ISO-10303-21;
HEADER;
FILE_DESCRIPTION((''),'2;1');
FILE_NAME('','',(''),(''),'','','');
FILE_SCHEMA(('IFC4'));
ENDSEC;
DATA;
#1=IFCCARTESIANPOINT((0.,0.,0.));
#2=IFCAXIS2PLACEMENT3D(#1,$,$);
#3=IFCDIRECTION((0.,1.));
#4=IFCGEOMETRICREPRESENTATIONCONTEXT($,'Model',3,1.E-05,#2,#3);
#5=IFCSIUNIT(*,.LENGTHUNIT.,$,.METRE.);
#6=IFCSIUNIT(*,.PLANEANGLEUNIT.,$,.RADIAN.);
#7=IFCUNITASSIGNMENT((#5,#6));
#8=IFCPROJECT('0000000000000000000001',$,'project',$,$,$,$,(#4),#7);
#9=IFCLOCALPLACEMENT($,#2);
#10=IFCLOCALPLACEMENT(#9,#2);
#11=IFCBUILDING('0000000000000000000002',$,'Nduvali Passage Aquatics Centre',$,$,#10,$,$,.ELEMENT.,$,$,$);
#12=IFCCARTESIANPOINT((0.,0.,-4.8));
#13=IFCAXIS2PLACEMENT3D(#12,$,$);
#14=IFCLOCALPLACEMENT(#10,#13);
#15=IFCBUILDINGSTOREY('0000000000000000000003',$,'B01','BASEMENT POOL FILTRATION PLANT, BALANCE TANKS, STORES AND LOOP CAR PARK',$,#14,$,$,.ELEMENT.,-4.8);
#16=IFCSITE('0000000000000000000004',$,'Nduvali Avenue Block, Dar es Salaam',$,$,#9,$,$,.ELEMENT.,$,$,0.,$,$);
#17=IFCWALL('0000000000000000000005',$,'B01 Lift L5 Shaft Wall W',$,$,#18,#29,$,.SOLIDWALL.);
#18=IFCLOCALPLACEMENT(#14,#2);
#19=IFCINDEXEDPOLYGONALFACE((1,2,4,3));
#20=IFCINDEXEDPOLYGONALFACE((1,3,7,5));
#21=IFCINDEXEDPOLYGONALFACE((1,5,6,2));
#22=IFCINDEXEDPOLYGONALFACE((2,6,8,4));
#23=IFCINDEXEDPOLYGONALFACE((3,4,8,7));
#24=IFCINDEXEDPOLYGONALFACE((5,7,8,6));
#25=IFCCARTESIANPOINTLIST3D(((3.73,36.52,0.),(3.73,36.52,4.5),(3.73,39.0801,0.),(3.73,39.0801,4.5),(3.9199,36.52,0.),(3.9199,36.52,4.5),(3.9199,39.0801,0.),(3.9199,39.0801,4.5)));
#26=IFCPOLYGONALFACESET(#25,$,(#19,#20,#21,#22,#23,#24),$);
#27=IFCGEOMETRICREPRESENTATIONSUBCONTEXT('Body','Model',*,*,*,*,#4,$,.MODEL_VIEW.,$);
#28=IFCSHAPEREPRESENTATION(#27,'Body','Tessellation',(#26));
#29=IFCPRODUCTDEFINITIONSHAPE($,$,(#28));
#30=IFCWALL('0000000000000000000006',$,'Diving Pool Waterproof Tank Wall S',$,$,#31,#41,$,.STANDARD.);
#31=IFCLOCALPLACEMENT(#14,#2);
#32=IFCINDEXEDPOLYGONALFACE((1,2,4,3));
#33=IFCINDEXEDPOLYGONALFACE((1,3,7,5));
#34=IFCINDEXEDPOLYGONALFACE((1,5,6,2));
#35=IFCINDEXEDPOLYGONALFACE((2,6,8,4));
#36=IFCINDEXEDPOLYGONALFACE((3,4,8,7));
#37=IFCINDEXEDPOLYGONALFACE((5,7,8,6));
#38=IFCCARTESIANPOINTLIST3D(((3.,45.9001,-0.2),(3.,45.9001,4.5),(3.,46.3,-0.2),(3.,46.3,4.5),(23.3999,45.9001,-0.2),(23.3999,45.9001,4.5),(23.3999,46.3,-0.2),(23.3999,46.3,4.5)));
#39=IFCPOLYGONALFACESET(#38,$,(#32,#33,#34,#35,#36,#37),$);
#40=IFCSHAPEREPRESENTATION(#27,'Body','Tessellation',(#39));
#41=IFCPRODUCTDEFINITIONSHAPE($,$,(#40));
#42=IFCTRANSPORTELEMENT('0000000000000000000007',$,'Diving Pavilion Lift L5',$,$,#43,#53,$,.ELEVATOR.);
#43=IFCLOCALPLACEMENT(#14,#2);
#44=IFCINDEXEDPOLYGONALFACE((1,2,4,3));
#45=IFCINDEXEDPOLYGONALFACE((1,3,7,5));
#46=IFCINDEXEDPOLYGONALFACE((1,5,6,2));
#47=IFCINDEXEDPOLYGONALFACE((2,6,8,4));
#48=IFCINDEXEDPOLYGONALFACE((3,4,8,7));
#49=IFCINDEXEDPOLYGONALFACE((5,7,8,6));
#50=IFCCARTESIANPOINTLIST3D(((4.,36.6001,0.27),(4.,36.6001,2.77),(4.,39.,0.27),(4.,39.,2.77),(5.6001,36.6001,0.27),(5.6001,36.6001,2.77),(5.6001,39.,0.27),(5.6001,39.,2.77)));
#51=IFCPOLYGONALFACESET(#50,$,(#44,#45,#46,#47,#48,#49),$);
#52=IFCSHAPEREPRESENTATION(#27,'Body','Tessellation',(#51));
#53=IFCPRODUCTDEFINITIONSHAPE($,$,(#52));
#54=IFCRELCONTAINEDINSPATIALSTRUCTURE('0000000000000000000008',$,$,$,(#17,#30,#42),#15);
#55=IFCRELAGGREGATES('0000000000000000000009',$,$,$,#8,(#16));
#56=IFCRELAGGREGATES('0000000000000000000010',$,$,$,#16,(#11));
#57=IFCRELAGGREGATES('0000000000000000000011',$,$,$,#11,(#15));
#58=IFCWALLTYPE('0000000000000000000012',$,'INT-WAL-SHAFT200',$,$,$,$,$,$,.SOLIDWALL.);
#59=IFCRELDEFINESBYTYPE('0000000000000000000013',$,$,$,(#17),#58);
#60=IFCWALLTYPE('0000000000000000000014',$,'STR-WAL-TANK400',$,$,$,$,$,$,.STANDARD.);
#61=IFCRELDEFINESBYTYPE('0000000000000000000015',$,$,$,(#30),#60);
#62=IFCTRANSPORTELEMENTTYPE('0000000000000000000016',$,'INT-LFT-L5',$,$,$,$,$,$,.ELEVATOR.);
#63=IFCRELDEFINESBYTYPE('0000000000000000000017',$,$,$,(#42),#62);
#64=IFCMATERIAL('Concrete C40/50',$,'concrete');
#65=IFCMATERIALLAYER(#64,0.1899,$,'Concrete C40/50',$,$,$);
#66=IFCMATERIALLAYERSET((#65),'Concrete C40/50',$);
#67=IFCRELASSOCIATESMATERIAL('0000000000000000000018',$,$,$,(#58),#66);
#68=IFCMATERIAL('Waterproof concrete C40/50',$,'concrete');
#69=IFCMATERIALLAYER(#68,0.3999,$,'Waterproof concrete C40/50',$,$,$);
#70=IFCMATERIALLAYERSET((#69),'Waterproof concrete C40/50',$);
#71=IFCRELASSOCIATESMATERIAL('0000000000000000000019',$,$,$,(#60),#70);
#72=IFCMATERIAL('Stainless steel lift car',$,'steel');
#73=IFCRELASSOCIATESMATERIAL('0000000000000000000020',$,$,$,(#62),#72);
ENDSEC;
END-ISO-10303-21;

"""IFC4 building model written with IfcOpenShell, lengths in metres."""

from ifc_helpers import new_model, si_unit, direction, frame, frame_2d, origin, origin_2d, place, context, subcontext, project, spatial, rectangle, extrude, material, layer, layer_set, type_object, element, save


model = new_model("IFC4")

# Units and contexts
model_context = context("Model", 3, precision=1e-05, world=origin(), true_north=direction((0.0, 1.0)))
body_context = subcontext(model_context, "Body", "Model", "MODEL_VIEW")
ifc_project = project(units=[si_unit("LENGTHUNIT", "METRE"), si_unit("PLANEANGLEUNIT", "RADIAN")], contexts=[model_context])

# Site, building, storey
site_placement = place(None, origin())
site = spatial("IfcSite", under=ifc_project, at=site_placement, Name="Nduvali Avenue Block, Dar es Salaam", CompositionType="ELEMENT", RefElevation=0.0)
building_placement = place(site_placement, origin())
building = spatial("IfcBuilding", under=site, at=building_placement, Name="Nduvali Passage Aquatics Centre", CompositionType="ELEMENT")
storey_placement = place(building_placement, frame((0.0, 0.0, -4.8)))
storey = spatial("IfcBuildingStorey", under=building, at=storey_placement, Name="B01", Description="BASEMENT POOL FILTRATION PLANT, BALANCE TANKS, STORES AND LOOP CAR PARK", CompositionType="ELEMENT", Elevation=-4.8)

# Shared definitions
ifc_material_1 = material(Name="Concrete C40/50", Category="concrete")

# Shared definitions
ifc_layer_1 = layer(ifc_material_1, 0.1899, Name="Concrete C40/50")
ifc_layer_set_1 = layer_set([ifc_layer_1], Name="Concrete C40/50")
wall_type_1 = type_object("IfcWallType", Name="INT-WAL-SHAFT200", PredefinedType="SOLIDWALL", material=ifc_layer_set_1)

# Walls
wall_1_placement = place(storey_placement, frame((3.825, 39.0801, 0.0), z_axis=(0.0, 0.0, 1.0), x_axis=(0.0, -1.0, 0.0)))
element("IfcWall", 1, at=wall_1_placement, inside=storey, type_object=wall_type_1, Name="B01 Lift L5 Shaft Wall W", PredefinedType="SOLIDWALL", context=body_context, shape_type="SweptSolid", body=[
    extrude(rectangle(XDim=2.5601, YDim=0.1899, at=frame_2d((1.28, 0.0))), origin(), (0.0, 0.0, 1.0), 4.5),
])
ifc_material_2 = material(Name="Waterproof concrete C40/50", Category="concrete")
ifc_layer_2 = layer(ifc_material_2, 0.3999, Name="Waterproof concrete C40/50")
ifc_layer_set_2 = layer_set([ifc_layer_2], Name="Waterproof concrete C40/50")
wall_type_2 = type_object("IfcWallType", Name="STR-WAL-TANK400", PredefinedType="STANDARD", material=ifc_layer_set_2)
wall_2_placement = place(storey_placement, frame((3.0, 46.1001, -0.2), z_axis=(0.0, 0.0, 1.0), x_axis=(1.0, 0.0, 0.0)))
element("IfcWall", 2, at=wall_2_placement, inside=storey, type_object=wall_type_2, Name="Diving Pool Waterproof Tank Wall S", PredefinedType="STANDARD", context=body_context, shape_type="SweptSolid", body=[
    extrude(rectangle(XDim=20.3999, YDim=0.3999, at=frame_2d((10.2, 0.0))), origin(), (0.0, 0.0, 1.0), 4.7),
])

# Transport element
ifc_material_3 = material(Name="Stainless steel lift car", Category="steel")
transport_element_type = type_object("IfcTransportElementType", Name="INT-LFT-L5", PredefinedType="ELEVATOR", material=ifc_material_3)
transport_element_placement = place(storey_placement, frame((4.8, 37.8, 0.27), z_axis=(0.0, 0.0, 1.0), x_axis=(1.0, 0.0, 0.0)))
element("IfcTransportElement", 3, at=transport_element_placement, inside=storey, type_object=transport_element_type, Name="Diving Pavilion Lift L5", PredefinedType="ELEVATOR", context=body_context, shape_type="SweptSolid", body=[
    extrude(rectangle(XDim=1.6001, YDim=2.3999, at=origin_2d()), origin(), (0.0, 0.0, 1.0), 2.5),
])

save(model, "model.ifc")
